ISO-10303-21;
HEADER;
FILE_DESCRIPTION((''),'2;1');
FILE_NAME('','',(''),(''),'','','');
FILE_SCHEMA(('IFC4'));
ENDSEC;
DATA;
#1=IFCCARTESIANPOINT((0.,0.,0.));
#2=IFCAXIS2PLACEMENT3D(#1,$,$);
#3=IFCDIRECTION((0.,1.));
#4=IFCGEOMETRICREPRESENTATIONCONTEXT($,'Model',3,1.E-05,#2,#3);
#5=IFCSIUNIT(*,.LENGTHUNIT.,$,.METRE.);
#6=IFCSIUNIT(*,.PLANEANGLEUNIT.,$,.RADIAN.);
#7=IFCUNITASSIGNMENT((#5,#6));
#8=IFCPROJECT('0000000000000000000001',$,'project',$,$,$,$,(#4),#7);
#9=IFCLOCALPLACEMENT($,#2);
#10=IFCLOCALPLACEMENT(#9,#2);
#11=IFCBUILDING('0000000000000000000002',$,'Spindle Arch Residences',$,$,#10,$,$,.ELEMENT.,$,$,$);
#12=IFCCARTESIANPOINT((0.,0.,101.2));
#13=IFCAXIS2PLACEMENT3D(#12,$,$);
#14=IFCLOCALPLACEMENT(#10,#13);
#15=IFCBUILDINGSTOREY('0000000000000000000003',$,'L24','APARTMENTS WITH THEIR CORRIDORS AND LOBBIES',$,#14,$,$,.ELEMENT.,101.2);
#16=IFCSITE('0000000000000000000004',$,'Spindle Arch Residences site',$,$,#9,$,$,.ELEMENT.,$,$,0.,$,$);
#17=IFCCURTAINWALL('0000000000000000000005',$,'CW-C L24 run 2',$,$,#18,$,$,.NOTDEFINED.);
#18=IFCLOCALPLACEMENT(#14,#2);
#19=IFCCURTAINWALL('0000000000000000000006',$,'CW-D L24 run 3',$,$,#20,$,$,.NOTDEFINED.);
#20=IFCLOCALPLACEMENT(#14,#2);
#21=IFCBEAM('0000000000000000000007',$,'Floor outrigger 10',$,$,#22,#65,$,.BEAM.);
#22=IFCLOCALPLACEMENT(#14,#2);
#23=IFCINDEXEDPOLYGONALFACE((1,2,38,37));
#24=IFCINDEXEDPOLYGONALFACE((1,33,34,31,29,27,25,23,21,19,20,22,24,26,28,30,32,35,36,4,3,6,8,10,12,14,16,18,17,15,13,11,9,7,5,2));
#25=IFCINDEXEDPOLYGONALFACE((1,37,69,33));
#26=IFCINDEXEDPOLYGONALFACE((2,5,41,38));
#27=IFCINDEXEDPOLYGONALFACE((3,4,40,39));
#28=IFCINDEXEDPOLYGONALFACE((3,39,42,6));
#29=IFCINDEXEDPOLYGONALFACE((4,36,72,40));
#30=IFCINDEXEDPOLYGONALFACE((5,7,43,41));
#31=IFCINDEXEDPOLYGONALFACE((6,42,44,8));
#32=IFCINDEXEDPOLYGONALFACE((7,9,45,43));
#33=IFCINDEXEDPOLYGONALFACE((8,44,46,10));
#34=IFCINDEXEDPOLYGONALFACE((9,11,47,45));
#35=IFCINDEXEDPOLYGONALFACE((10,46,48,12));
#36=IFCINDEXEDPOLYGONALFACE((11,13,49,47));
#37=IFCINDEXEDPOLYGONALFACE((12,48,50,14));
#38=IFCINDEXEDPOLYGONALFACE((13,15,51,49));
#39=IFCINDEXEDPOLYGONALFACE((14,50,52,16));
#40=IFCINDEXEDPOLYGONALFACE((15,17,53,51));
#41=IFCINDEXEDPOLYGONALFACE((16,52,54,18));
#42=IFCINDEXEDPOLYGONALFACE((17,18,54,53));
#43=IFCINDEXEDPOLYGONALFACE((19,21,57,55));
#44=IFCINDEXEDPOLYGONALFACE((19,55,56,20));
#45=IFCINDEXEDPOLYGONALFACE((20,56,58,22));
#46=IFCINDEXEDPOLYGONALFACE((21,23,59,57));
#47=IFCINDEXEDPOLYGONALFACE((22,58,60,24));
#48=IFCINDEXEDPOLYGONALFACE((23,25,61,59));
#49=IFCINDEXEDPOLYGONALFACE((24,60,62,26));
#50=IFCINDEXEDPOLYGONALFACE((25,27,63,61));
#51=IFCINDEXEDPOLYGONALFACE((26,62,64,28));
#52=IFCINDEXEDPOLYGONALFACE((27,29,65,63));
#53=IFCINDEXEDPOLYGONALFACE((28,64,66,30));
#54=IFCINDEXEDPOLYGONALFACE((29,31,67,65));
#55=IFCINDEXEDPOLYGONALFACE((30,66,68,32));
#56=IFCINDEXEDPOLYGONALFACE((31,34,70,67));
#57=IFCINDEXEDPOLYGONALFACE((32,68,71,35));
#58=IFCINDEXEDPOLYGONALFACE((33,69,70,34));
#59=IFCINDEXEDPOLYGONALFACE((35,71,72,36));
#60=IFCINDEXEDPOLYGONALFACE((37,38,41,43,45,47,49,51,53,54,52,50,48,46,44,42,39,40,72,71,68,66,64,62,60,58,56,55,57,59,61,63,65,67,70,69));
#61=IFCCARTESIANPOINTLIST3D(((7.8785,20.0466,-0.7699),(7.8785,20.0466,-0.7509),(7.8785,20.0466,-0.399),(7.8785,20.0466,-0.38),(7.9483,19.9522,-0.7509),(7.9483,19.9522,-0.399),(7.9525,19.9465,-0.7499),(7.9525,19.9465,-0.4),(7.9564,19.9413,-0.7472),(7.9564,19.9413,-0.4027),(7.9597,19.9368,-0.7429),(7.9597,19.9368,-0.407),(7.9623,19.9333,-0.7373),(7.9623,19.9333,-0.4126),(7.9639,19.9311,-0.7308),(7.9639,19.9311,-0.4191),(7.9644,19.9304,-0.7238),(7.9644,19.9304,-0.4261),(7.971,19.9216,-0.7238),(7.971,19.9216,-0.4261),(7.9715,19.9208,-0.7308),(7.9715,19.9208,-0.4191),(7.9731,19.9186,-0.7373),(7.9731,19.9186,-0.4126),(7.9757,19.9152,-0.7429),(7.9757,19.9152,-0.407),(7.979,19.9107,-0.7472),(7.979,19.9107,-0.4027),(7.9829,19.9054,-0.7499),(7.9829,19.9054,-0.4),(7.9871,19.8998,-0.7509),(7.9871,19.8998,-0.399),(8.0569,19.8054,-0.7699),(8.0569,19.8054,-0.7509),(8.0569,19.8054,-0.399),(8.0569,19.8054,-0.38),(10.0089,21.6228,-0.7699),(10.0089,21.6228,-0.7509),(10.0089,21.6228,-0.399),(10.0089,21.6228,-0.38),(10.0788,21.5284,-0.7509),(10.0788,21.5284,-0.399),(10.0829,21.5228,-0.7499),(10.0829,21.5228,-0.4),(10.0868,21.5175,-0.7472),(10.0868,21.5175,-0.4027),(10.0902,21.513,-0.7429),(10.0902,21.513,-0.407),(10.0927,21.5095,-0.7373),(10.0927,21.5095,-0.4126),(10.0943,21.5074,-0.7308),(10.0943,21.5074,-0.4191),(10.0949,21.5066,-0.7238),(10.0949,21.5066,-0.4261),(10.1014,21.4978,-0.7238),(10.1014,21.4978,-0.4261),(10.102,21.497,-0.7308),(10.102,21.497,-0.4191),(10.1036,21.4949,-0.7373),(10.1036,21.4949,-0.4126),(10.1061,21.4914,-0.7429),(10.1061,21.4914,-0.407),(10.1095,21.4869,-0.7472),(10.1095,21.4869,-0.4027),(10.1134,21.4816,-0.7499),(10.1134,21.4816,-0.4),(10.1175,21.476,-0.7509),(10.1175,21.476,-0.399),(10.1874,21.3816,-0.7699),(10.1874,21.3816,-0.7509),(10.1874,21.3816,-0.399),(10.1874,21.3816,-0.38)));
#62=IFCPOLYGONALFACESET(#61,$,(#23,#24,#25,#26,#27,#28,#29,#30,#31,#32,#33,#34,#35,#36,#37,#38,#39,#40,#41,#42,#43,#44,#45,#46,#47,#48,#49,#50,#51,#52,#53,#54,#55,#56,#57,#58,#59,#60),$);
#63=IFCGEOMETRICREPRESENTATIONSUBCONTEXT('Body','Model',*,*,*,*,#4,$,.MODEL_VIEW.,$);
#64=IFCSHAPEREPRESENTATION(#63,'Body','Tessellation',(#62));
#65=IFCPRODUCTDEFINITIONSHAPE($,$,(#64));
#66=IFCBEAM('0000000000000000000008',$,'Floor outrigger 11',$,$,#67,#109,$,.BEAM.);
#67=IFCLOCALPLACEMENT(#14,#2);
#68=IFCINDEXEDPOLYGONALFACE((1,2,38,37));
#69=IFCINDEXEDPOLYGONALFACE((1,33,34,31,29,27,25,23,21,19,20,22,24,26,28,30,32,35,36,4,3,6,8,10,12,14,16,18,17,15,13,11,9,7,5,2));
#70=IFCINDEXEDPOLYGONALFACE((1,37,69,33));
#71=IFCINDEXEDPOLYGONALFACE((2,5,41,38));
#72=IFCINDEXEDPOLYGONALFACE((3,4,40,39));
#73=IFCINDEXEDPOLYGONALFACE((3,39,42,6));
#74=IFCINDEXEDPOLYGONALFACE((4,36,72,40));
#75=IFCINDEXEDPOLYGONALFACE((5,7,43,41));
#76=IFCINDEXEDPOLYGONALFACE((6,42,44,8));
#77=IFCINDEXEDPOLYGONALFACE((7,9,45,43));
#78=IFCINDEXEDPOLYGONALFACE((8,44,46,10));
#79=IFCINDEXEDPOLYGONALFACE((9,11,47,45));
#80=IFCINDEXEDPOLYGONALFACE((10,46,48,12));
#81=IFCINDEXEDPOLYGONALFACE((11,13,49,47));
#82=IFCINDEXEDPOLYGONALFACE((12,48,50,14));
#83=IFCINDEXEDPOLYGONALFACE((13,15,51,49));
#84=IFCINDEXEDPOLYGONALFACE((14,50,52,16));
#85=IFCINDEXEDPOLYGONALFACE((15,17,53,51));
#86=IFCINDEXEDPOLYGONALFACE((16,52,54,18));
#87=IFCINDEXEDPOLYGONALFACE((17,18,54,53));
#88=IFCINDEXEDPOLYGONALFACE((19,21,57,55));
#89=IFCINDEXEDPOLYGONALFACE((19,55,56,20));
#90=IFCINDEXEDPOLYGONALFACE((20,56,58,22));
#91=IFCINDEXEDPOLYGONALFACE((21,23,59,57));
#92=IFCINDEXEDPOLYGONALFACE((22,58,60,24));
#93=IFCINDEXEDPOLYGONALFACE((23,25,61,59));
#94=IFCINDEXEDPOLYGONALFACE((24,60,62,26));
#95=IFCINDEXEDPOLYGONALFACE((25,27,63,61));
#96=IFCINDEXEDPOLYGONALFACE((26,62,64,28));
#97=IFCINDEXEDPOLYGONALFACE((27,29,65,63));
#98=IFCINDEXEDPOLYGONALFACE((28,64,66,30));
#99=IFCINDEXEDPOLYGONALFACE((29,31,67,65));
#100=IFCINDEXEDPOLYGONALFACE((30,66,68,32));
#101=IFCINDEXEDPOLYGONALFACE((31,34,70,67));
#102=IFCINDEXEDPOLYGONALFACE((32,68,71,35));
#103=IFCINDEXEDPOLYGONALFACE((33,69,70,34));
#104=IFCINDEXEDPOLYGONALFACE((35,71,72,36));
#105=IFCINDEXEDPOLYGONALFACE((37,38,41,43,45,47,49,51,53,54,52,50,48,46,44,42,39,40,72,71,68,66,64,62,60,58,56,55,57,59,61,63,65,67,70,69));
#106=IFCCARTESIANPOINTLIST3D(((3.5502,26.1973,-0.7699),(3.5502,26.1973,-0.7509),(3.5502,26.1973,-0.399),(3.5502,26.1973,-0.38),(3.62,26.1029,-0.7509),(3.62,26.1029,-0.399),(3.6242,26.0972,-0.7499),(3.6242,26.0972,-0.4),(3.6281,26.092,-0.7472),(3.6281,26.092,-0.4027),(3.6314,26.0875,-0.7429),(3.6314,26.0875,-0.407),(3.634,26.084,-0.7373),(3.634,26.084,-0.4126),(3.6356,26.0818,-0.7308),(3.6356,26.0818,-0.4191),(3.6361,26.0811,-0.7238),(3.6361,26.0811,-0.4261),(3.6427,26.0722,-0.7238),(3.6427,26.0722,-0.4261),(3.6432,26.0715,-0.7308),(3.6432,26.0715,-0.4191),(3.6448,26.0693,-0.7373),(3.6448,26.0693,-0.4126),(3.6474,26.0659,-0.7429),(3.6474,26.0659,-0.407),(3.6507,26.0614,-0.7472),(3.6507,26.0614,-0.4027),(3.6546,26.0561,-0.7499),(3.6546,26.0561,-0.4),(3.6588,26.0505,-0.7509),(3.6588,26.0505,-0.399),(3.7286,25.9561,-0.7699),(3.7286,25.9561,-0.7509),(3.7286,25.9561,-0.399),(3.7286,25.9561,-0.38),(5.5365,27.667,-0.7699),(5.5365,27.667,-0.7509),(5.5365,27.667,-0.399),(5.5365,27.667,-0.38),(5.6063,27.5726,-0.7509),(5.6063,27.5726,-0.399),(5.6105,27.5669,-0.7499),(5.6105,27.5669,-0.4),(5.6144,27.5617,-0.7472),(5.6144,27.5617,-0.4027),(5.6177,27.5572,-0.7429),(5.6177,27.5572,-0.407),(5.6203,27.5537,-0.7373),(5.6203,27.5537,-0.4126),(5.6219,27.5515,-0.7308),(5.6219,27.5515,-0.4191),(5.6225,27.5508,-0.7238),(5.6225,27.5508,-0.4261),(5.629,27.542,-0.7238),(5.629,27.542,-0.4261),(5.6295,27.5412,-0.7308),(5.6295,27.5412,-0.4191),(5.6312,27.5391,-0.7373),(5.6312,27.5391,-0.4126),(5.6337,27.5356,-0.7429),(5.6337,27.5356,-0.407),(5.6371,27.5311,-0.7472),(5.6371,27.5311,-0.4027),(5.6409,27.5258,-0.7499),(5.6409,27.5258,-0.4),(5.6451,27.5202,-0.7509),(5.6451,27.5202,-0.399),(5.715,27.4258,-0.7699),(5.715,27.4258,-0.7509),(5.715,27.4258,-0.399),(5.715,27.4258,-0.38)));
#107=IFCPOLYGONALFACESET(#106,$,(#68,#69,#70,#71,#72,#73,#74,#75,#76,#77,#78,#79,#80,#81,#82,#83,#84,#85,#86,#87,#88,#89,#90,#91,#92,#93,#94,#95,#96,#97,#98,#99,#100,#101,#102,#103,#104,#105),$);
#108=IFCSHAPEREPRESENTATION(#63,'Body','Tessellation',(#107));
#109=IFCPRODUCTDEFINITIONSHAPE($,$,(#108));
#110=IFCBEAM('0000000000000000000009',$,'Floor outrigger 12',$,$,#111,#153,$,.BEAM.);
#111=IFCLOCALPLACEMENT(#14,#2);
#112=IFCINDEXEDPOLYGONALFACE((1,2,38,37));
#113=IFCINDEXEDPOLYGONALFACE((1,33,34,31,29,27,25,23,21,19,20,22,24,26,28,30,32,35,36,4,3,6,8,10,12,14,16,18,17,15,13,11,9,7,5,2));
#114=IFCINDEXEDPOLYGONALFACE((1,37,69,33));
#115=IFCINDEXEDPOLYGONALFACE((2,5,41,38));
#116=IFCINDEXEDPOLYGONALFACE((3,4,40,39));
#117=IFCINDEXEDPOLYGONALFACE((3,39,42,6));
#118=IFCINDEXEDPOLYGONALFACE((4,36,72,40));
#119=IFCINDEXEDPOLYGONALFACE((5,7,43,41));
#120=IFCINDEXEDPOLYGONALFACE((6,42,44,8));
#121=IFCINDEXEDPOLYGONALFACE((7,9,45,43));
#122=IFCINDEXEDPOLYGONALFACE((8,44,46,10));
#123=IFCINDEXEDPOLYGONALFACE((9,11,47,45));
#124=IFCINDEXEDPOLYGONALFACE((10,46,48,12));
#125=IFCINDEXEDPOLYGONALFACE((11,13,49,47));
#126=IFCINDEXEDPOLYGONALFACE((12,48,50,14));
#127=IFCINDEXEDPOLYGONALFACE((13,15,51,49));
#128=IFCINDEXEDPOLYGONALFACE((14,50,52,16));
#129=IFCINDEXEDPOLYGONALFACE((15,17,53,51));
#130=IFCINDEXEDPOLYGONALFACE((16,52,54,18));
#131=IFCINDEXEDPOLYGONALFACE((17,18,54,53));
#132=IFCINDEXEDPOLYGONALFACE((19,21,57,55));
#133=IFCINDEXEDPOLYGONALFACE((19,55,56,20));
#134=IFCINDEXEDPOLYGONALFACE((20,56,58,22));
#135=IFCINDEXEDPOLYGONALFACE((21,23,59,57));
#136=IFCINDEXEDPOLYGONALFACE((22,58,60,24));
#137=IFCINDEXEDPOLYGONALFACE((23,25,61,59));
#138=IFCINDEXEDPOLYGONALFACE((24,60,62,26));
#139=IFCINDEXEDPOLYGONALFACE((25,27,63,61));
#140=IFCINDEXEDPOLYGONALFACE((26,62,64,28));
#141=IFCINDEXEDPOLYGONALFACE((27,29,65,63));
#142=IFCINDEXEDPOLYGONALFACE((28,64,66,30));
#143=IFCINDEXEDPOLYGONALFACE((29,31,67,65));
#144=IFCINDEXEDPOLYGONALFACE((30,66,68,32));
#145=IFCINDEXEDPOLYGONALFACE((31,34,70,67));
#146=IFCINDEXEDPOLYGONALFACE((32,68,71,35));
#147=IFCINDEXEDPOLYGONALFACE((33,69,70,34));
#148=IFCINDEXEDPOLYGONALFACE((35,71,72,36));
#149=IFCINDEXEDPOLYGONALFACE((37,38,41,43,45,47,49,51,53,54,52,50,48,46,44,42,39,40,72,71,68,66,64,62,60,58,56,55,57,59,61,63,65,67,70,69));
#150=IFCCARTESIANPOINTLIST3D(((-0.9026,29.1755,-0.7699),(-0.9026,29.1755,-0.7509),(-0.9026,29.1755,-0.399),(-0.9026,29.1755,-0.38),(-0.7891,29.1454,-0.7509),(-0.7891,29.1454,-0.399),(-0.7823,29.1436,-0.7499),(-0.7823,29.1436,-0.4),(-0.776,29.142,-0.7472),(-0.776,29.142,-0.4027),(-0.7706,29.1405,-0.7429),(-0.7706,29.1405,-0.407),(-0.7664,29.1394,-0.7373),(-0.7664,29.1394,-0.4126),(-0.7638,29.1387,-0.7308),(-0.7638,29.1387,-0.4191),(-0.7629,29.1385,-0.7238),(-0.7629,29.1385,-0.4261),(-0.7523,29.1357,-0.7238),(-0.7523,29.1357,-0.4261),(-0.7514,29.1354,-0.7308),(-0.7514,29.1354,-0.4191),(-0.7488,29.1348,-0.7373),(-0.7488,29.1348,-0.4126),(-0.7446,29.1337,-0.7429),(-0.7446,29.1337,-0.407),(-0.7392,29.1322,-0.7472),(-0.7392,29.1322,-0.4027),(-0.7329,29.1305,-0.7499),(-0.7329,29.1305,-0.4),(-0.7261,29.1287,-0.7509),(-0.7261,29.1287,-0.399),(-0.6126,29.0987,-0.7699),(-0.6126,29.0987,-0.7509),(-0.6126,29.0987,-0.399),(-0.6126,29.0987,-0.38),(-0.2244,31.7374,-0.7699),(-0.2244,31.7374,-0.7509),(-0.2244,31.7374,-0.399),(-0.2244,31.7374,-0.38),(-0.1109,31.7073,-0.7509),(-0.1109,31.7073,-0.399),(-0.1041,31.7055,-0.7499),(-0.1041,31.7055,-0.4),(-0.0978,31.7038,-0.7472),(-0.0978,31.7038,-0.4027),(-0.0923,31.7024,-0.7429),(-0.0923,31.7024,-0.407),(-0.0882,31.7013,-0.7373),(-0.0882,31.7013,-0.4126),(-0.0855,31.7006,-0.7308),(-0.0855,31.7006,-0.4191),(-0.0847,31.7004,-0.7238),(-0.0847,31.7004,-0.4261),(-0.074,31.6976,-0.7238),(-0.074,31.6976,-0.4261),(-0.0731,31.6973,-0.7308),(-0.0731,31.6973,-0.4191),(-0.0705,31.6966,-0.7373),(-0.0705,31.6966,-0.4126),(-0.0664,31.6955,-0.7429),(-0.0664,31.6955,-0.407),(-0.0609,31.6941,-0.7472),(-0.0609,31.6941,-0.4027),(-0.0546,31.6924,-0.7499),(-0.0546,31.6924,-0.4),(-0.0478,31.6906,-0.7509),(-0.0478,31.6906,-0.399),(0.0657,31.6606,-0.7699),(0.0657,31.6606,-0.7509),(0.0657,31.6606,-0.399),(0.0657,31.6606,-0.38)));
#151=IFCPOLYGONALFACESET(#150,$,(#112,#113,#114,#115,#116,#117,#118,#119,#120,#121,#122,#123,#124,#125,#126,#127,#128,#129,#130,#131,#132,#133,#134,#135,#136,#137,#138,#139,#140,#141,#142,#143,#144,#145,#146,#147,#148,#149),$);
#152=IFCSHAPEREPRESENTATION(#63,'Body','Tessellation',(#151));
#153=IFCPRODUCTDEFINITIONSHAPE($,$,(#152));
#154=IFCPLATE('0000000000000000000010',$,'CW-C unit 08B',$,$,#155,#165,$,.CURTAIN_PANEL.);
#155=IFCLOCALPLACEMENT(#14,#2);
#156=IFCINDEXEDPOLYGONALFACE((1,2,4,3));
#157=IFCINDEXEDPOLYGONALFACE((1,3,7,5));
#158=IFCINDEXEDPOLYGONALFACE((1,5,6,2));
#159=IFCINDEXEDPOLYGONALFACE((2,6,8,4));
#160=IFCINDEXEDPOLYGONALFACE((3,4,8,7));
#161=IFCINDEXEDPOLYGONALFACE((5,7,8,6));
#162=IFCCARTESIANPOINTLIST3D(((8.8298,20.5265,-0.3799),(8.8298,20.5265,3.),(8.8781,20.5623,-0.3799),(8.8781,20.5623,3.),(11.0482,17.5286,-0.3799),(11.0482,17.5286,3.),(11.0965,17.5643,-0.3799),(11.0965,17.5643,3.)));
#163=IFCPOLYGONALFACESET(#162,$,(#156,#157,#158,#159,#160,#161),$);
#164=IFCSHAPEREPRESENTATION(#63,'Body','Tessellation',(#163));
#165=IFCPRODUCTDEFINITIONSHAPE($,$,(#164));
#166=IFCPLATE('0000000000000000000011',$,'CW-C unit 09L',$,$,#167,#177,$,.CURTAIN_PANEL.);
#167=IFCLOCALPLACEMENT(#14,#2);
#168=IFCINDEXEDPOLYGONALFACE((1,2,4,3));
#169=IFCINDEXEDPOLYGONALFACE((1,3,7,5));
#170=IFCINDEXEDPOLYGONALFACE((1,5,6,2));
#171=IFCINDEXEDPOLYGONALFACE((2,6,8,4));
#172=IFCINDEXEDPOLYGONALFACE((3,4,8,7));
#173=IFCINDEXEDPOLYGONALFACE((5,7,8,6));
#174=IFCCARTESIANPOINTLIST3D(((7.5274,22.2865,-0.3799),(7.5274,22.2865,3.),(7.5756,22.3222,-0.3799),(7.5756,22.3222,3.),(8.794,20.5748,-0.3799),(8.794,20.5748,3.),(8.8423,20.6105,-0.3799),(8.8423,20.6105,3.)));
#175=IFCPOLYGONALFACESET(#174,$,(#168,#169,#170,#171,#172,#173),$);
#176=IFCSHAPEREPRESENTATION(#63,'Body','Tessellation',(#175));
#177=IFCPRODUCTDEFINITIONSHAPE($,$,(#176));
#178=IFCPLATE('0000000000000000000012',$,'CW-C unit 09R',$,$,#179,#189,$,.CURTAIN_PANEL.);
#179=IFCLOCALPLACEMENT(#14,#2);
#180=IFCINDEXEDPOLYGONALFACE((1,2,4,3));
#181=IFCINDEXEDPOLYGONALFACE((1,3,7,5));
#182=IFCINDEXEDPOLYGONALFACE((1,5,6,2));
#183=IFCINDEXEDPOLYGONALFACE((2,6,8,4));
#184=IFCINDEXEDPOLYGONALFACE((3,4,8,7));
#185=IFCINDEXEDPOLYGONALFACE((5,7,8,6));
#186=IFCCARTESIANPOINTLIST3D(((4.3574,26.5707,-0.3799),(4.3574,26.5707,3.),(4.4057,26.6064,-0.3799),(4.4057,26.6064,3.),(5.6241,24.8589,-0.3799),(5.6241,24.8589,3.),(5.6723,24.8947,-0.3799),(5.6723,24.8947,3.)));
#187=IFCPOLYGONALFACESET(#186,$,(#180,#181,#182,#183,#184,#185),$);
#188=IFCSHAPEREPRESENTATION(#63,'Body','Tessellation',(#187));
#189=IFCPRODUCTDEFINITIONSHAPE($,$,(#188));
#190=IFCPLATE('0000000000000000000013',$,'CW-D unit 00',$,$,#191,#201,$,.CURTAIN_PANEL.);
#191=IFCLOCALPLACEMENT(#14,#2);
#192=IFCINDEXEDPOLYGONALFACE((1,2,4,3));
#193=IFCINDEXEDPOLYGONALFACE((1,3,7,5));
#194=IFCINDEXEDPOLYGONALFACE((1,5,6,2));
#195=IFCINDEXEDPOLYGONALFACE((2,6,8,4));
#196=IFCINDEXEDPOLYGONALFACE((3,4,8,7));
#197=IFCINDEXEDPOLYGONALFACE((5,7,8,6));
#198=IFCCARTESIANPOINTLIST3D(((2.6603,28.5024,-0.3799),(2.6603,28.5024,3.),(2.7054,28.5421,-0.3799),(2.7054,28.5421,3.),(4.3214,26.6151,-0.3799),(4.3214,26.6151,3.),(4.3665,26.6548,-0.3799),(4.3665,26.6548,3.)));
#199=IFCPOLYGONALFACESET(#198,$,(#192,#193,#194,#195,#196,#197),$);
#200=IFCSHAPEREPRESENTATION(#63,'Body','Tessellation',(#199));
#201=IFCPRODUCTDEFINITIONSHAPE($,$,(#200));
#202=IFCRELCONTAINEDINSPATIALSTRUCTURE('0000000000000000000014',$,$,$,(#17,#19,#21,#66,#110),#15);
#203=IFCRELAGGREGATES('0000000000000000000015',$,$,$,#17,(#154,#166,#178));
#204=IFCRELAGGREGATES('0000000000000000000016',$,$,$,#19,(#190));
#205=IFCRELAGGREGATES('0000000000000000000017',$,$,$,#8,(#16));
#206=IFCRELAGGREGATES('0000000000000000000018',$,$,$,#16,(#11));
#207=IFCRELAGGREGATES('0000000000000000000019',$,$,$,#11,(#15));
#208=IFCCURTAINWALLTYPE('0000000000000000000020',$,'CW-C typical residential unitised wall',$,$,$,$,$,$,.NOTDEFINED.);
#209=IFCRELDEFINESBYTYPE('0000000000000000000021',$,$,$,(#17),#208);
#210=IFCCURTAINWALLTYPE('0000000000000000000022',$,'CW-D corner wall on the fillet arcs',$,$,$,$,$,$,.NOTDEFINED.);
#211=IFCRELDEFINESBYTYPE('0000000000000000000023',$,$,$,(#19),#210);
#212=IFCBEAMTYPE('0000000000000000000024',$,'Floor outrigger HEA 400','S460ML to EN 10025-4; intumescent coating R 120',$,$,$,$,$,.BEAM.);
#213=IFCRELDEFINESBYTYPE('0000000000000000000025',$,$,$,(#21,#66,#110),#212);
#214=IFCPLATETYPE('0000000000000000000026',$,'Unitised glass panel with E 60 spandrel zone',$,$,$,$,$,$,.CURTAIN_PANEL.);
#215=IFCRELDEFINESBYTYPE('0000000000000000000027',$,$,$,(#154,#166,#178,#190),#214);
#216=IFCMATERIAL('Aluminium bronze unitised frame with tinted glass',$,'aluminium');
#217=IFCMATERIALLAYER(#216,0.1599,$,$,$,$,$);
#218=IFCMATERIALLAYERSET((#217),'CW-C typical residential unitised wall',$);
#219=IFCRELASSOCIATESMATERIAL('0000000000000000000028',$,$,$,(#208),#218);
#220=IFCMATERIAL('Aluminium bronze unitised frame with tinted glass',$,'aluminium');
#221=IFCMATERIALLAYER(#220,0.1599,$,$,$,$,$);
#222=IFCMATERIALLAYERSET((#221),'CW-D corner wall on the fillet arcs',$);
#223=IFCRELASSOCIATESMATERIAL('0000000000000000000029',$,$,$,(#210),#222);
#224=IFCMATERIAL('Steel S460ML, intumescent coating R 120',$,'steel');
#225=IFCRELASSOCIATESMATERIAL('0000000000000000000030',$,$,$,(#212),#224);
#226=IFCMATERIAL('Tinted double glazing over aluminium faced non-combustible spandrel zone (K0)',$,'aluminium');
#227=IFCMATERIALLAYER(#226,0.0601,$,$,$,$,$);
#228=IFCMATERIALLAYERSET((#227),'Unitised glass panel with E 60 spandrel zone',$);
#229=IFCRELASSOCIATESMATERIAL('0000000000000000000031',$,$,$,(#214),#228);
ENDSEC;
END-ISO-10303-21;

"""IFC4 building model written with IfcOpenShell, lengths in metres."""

from ifc_helpers import new_model, si_unit, direction, frame, origin, origin_2d, place, context, subcontext, project, spatial, rectangle, i_section, extrude, material, layer, layer_set, material_profile, profile_set, type_object, element, aggregate, save


model = new_model("IFC4")

# Units and contexts
model_context = context("Model", 3, precision=1e-05, world=origin(), true_north=direction((0.0, 1.0)))
body_context = subcontext(model_context, "Body", "Model", "MODEL_VIEW")
ifc_project = project(units=[si_unit("LENGTHUNIT", "METRE"), si_unit("PLANEANGLEUNIT", "RADIAN")], contexts=[model_context])

# Site, building, storey
site_placement = place(None, origin())
site = spatial("IfcSite", under=ifc_project, at=site_placement, Name="Spindle Arch Residences site", CompositionType="ELEMENT", RefElevation=0.0)
building_placement = place(site_placement, origin())
building = spatial("IfcBuilding", under=site, at=building_placement, Name="Spindle Arch Residences", CompositionType="ELEMENT")
storey_placement = place(building_placement, frame((0.0, 0.0, 101.2)))
storey = spatial("IfcBuildingStorey", under=building, at=storey_placement, Name="L24", Description="APARTMENTS WITH THEIR CORRIDORS AND LOBBIES", CompositionType="ELEMENT", Elevation=101.2)

# Curtain wall
ifc_material_1 = material(Name="Aluminium bronze unitised frame with tinted glass", Category="aluminium")
ifc_layer_1 = layer(ifc_material_1, 0.1599)
ifc_layer_set_1 = layer_set([ifc_layer_1], Name="CW-C typical residential unitised wall")
curtain_wall_type_1 = type_object("IfcCurtainWallType", Name="CW-C typical residential unitised wall", PredefinedType="NOTDEFINED", material=ifc_layer_set_1)
curtain_wall_1_placement = place(storey_placement, origin())
curtain_wall_1 = element("IfcCurtainWall", 1, at=curtain_wall_1_placement, inside=storey, type_object=curtain_wall_type_1, Name="CW-C L24 run 2", PredefinedType="NOTDEFINED")

# Curtain wall
ifc_material_2 = material(Name="Aluminium bronze unitised frame with tinted glass", Category="aluminium")
ifc_layer_2 = layer(ifc_material_2, 0.1599)
ifc_layer_set_2 = layer_set([ifc_layer_2], Name="CW-D corner wall on the fillet arcs")
curtain_wall_type_2 = type_object("IfcCurtainWallType", Name="CW-D corner wall on the fillet arcs", PredefinedType="NOTDEFINED", material=ifc_layer_set_2)
curtain_wall_2_placement = place(storey_placement, origin())
curtain_wall_2 = element("IfcCurtainWall", 2, at=curtain_wall_2_placement, inside=storey, type_object=curtain_wall_type_2, Name="CW-D L24 run 3", PredefinedType="NOTDEFINED")

# Beams
ifc_material_3 = material(Name="Steel S460ML, intumescent coating R 120", Category="steel")
ifc_material_profile_1 = material_profile(ifc_material_3, i_section(OverallWidth=0.3, OverallDepth=0.3899, WebThickness=0.011, FlangeThickness=0.019, FilletRadius=0.0271, at=origin_2d()), Name="HEA 400")
ifc_profile_set_1 = profile_set([ifc_material_profile_1], Name="Steel S460ML, intumescent coating R 120")
beam_type_1 = type_object("IfcBeamType", Name="Floor outrigger HEA 400", Description="S460ML to EN 10025-4; intumescent coating R 120", PredefinedType="BEAM", material=ifc_profile_set_1)
beam_1_placement = place(storey_placement, frame((10.0981, 21.5022, -0.575), z_axis=(-0.803897, -0.594769, 0.0), x_axis=(0.594769, -0.803897, 0.0)))
element("IfcBeam", 3, at=beam_1_placement, inside=storey, type_object=beam_type_1, Name="Floor outrigger 10", PredefinedType="BEAM", context=body_context, shape_type="SweptSolid", body=[
    extrude(i_section(OverallWidth=0.3, OverallDepth=0.3899, WebThickness=0.011, FlangeThickness=0.019, FilletRadius=0.0271, at=origin_2d()), origin(), (0.0, 0.0, 1.0), 2.6501),
])
beam_2_placement = place(storey_placement, frame((5.6257, 27.5464, -0.575), z_axis=(-0.803872, -0.594802, 0.0), x_axis=(0.594802, -0.803872, 0.0)))
element("IfcBeam", 4, at=beam_2_placement, inside=storey, type_object=beam_type_1, Name="Floor outrigger 11", PredefinedType="BEAM", context=body_context, shape_type="SweptSolid", body=[
    extrude(i_section(OverallWidth=0.3, OverallDepth=0.3899, WebThickness=0.011, FlangeThickness=0.019, FilletRadius=0.0271, at=origin_2d()), origin(), (0.0, 0.0, 1.0), 2.4709),
])
beam_3_placement = place(storey_placement, frame((-0.0793, 31.699, -0.575), z_axis=(-0.255931, -0.966695, 0.0), x_axis=(0.966695, -0.255931, 0.0)))
element("IfcBeam", 5, at=beam_3_placement, inside=storey, type_object=beam_type_1, Name="Floor outrigger 12", PredefinedType="BEAM", context=body_context, shape_type="SweptSolid", body=[
    extrude(i_section(OverallWidth=0.3, OverallDepth=0.3899, WebThickness=0.011, FlangeThickness=0.019, FilletRadius=0.0271, at=origin_2d()), origin(), (0.0, 0.0, 1.0), 2.6501),
])

# Plates
ifc_material_4 = material(Name="Tinted double glazing over aluminium faced non-combustible spandrel zone (K0)", Category="aluminium")
ifc_layer_3 = layer(ifc_material_4, 0.0601)
ifc_layer_set_3 = layer_set([ifc_layer_3], Name="Unitised glass panel with E 60 spandrel zone")
plate_type = type_object("IfcPlateType", Name="Unitised glass panel with E 60 spandrel zone", PredefinedType="CURTAIN_PANEL", material=ifc_layer_set_3)
plate_1_placement = place(storey_placement, frame((9.9631, 19.0454, -0.3799), z_axis=(0.0, 0.0, 1.0), x_axis=(-0.594823, 0.803857, 0.0)))
plate_1 = element("IfcPlate", 6, at=plate_1_placement, type_object=plate_type, Name="CW-C unit 08B", PredefinedType="CURTAIN_PANEL", context=body_context, shape_type="SweptSolid", body=[
    extrude(rectangle(XDim=3.7295, YDim=0.0601, at=origin_2d()), origin(), (0.0, 0.0, 1.0), 3.3799),
])
plate_2_placement = place(storey_placement, frame((8.1848, 21.4485, -0.3799), z_axis=(0.0, 0.0, 1.0), x_axis=(-0.594823, 0.803857, 0.0)))
plate_2 = element("IfcPlate", 7, at=plate_2_placement, type_object=plate_type, Name="CW-C unit 09L", PredefinedType="CURTAIN_PANEL", context=body_context, shape_type="SweptSolid", body=[
    extrude(rectangle(XDim=2.1294, YDim=0.0601, at=origin_2d()), origin(), (0.0, 0.0, 1.0), 3.3799),
])
plate_3_placement = place(storey_placement, frame((5.0149, 25.7327, -0.3799), z_axis=(0.0, 0.0, 1.0), x_axis=(-0.594823, 0.803857, 0.0)))
plate_3 = element("IfcPlate", 8, at=plate_3_placement, type_object=plate_type, Name="CW-C unit 09R", PredefinedType="CURTAIN_PANEL", context=body_context, shape_type="SweptSolid", body=[
    extrude(rectangle(XDim=2.1294, YDim=0.0601, at=origin_2d()), origin(), (0.0, 0.0, 1.0), 3.3799),
])
aggregate(curtain_wall_1, [plate_1, plate_2, plate_3])
plate_4_placement = place(storey_placement, frame((3.5134, 27.5786, -0.3799), z_axis=(0.0, 0.0, 1.0), x_axis=(-0.660704, 0.750647, 0.0)))
plate_4 = element("IfcPlate", 9, at=plate_4_placement, type_object=plate_type, Name="CW-D unit 00", PredefinedType="CURTAIN_PANEL", context=body_context, shape_type="SweptSolid", body=[
    extrude(rectangle(XDim=2.5142, YDim=0.0601, at=origin_2d()), origin(), (0.0, 0.0, 1.0), 3.3799),
])
aggregate(curtain_wall_2, [plate_4])

save(model, "model.ifc")
